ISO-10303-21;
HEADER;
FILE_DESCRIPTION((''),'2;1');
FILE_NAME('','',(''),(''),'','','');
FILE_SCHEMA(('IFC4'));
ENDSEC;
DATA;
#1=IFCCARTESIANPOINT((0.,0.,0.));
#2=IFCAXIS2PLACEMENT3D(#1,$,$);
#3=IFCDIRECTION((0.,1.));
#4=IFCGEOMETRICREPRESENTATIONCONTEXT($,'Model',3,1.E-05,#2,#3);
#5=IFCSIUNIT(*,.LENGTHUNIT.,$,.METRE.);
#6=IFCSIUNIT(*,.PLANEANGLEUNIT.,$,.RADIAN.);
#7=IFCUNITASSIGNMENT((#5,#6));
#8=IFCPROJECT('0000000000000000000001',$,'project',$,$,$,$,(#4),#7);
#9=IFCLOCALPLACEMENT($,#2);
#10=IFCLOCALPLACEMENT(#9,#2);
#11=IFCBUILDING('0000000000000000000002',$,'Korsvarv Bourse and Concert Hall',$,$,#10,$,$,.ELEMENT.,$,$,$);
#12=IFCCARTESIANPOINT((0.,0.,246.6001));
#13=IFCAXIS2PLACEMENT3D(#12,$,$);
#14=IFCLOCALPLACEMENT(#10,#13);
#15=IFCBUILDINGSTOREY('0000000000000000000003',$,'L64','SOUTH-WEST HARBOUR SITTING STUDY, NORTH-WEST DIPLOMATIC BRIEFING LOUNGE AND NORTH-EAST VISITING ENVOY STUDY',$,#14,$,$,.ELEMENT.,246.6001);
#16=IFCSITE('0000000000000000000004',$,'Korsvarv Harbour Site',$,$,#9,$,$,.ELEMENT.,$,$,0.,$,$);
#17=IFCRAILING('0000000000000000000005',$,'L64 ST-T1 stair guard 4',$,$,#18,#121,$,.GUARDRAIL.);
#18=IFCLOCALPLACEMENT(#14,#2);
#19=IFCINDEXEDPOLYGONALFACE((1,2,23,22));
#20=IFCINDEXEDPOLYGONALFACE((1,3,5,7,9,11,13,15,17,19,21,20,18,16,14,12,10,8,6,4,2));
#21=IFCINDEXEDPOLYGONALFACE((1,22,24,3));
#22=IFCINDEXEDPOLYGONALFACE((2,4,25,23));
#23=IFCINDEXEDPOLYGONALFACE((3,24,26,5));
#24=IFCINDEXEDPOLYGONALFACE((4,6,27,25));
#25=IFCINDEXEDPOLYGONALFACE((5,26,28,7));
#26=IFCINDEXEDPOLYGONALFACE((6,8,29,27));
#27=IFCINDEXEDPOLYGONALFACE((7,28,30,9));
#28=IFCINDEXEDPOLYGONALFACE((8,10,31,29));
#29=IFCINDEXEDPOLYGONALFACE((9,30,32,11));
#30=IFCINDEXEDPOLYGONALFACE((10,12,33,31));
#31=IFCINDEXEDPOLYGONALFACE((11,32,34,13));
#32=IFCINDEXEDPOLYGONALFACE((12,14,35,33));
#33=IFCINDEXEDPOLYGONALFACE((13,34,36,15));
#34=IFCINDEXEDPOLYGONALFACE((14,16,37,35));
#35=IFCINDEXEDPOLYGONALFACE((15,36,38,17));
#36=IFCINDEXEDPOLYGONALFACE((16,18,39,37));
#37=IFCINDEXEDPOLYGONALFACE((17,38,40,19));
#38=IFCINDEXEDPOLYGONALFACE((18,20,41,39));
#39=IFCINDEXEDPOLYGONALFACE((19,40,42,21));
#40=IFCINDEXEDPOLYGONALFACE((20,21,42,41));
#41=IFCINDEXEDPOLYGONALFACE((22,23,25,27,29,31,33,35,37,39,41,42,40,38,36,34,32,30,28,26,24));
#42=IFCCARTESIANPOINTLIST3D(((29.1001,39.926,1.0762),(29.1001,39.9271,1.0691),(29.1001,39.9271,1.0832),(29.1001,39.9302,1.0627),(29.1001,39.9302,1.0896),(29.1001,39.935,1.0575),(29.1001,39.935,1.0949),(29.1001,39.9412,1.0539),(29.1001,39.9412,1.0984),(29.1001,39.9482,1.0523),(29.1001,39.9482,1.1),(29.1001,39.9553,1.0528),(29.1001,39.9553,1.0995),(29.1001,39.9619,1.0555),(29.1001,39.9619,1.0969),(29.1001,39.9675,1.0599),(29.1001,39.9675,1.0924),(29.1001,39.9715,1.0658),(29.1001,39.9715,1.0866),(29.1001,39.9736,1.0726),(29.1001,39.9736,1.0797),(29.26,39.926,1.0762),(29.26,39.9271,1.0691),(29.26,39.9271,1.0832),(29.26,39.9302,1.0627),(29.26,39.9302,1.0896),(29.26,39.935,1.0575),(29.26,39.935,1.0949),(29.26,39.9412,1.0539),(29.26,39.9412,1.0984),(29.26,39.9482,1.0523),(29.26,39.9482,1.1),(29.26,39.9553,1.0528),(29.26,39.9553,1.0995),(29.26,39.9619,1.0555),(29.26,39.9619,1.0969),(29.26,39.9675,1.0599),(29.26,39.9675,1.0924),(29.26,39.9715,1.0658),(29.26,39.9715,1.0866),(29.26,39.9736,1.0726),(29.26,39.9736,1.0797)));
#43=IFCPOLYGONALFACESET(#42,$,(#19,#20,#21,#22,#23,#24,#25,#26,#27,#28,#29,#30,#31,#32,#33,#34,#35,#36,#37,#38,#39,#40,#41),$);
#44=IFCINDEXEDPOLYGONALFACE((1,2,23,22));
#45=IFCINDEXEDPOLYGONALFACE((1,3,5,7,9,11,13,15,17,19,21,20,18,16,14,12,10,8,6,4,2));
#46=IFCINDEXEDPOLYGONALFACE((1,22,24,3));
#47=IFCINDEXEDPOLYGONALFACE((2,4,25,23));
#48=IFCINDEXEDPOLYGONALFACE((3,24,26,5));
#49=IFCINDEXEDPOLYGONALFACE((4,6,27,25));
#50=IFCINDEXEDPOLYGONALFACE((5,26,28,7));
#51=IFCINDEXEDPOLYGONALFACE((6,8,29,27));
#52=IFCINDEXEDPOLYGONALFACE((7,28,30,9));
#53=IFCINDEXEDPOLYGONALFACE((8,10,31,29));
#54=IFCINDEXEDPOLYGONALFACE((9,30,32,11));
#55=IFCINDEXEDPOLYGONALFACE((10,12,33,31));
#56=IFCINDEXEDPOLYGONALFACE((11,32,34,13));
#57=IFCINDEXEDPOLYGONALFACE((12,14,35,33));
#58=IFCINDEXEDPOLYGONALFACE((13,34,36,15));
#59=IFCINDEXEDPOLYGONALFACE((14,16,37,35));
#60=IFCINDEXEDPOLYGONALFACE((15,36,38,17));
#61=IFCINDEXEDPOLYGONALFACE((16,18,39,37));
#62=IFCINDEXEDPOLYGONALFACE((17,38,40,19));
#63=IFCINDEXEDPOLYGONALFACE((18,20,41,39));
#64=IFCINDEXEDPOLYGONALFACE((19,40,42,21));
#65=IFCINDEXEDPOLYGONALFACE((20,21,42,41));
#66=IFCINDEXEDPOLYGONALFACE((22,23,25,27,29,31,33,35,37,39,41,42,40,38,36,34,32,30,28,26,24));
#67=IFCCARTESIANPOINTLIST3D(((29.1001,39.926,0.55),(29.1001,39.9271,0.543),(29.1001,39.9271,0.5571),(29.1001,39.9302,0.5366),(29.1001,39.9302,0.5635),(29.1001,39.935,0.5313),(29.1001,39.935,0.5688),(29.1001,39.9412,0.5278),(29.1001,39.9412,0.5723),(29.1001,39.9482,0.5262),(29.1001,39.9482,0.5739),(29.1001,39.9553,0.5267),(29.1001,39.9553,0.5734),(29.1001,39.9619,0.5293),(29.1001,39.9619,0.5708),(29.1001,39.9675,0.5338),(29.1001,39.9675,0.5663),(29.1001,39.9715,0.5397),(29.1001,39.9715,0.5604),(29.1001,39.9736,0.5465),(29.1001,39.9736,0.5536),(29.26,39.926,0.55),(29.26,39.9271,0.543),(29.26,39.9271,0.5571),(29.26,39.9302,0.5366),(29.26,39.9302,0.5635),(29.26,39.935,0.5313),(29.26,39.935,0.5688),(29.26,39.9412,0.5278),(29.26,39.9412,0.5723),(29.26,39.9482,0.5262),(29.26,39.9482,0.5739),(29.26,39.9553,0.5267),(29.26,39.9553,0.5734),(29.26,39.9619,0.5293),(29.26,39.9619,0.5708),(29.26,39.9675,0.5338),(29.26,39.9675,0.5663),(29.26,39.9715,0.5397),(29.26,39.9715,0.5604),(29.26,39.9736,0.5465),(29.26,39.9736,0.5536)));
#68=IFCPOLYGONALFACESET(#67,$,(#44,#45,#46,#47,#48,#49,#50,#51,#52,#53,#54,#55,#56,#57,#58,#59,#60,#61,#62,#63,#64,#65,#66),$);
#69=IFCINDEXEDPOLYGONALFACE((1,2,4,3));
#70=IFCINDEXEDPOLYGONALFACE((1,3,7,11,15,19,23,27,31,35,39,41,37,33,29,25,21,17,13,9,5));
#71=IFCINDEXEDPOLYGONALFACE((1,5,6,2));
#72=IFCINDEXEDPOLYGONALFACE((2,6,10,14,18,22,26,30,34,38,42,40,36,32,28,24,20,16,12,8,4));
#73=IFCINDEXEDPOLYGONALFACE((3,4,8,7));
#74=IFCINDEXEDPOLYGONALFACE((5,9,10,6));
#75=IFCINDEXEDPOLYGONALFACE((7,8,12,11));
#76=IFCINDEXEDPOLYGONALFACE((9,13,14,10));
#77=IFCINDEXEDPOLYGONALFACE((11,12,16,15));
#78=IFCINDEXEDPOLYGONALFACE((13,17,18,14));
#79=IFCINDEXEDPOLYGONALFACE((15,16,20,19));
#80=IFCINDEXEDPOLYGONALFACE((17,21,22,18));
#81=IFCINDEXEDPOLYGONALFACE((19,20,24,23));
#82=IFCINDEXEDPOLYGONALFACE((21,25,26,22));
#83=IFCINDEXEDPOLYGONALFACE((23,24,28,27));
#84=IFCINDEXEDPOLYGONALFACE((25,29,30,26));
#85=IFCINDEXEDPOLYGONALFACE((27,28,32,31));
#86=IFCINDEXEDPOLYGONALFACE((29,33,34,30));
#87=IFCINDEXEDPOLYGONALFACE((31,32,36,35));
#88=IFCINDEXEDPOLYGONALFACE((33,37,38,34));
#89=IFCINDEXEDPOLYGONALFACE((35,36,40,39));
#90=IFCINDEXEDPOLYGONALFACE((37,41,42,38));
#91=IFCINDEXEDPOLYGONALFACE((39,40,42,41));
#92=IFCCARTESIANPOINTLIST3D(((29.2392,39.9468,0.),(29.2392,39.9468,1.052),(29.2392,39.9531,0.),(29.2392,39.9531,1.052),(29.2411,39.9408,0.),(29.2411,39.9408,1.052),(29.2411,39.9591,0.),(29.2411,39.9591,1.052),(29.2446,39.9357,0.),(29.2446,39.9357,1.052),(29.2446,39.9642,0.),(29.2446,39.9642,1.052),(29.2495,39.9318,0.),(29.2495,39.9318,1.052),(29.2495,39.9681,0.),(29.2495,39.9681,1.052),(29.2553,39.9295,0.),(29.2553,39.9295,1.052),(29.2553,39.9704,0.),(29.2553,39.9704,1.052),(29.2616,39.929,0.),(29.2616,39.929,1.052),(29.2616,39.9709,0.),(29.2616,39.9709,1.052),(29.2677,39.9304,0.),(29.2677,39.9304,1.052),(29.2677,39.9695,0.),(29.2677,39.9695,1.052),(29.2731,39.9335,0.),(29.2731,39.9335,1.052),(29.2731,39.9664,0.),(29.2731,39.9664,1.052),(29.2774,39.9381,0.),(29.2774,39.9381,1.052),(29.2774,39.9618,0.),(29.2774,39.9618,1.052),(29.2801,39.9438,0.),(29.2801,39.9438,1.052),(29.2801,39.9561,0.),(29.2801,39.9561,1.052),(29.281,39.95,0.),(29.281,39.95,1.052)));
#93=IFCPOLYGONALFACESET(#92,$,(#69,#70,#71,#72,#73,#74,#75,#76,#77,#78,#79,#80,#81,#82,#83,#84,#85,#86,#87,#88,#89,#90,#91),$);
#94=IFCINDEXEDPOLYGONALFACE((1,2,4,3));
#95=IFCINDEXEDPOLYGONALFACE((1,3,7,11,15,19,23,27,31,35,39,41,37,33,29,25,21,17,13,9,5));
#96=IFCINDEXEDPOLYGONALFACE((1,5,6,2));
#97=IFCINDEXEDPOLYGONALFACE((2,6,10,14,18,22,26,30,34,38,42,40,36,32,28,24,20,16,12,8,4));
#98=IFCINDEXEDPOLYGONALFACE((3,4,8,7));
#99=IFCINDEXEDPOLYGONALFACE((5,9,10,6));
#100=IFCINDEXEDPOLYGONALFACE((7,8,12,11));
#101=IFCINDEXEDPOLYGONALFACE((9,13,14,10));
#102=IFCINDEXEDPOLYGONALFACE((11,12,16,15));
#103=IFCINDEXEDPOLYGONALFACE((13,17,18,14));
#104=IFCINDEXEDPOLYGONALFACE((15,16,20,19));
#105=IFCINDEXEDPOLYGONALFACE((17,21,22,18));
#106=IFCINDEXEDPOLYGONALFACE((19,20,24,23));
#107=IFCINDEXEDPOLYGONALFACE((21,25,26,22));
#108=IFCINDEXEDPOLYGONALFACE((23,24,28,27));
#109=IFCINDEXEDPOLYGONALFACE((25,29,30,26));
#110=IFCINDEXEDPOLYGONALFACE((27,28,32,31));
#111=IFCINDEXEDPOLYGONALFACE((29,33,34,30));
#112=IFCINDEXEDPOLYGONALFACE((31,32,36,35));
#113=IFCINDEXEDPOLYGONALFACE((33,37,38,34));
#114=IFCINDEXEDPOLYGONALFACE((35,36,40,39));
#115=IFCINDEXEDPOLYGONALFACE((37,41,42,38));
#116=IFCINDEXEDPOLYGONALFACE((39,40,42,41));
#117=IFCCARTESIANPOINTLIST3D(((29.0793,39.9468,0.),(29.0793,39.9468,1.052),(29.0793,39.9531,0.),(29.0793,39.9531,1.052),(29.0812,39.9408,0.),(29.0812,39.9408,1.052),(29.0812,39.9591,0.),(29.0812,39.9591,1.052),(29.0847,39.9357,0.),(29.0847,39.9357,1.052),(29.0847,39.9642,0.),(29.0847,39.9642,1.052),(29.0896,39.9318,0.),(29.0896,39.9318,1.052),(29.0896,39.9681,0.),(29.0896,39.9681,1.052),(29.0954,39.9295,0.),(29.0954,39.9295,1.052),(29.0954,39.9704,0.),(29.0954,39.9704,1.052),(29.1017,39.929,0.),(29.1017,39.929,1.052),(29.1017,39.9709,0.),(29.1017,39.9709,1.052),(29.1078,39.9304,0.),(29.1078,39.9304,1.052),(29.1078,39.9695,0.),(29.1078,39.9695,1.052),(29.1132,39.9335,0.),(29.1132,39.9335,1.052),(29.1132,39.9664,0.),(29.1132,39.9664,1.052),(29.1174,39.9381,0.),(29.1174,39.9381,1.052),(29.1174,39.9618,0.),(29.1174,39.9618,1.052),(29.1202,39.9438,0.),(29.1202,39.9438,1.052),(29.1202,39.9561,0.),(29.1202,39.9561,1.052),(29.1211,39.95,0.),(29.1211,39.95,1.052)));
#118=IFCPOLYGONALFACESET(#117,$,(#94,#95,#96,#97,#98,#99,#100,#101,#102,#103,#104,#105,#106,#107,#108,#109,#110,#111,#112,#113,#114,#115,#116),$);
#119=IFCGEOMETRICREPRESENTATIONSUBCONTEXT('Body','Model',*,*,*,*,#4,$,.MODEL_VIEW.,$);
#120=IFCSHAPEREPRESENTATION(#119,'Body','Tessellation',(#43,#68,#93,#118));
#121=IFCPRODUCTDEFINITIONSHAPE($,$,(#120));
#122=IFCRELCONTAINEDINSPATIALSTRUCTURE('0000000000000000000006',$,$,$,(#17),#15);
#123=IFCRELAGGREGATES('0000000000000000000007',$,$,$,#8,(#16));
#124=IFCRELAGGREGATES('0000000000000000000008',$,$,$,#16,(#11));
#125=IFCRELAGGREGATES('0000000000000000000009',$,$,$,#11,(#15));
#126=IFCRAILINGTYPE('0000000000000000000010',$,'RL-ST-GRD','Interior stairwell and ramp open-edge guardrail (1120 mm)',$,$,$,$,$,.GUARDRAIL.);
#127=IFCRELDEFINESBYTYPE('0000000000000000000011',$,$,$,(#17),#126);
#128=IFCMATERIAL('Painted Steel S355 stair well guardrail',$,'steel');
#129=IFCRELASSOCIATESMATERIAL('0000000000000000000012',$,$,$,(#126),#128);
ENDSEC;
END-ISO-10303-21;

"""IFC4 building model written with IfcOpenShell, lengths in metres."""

from ifc_helpers import new_model, si_unit, direction, frame, origin, origin_2d, place, context, subcontext, project, spatial, circle, extrude, material, type_object, element, save


model = new_model("IFC4")

# Units and contexts
model_context = context("Model", 3, precision=1e-05, world=origin(), true_north=direction((0.0, 1.0)))
body_context = subcontext(model_context, "Body", "Model", "MODEL_VIEW")
ifc_project = project(units=[si_unit("LENGTHUNIT", "METRE"), si_unit("PLANEANGLEUNIT", "RADIAN")], contexts=[model_context])

# Site, building, storey
site_placement = place(None, origin())
site = spatial("IfcSite", under=ifc_project, at=site_placement, Name="Korsvarv Harbour Site", CompositionType="ELEMENT", RefElevation=0.0)
building_placement = place(site_placement, origin())
building = spatial("IfcBuilding", under=site, at=building_placement, Name="Korsvarv Bourse and Concert Hall", CompositionType="ELEMENT")
storey_placement = place(building_placement, frame((0.0, 0.0, 246.6001)))
storey = spatial("IfcBuildingStorey", under=building, at=storey_placement, Name="L64", Description="SOUTH-WEST HARBOUR SITTING STUDY, NORTH-WEST DIPLOMATIC BRIEFING LOUNGE AND NORTH-EAST VISITING ENVOY STUDY", CompositionType="ELEMENT", Elevation=246.6001)

# Railing
ifc_material_1 = material(Name="Painted Steel S355 stair well guardrail", Category="steel")
railing_type_1 = type_object("IfcRailingType", Name="RL-ST-GRD", Description="Interior stairwell and ramp open-edge guardrail (1120 mm)", PredefinedType="GUARDRAIL", material=ifc_material_1)
railing_1_placement = place(storey_placement, frame((29.26, 39.95, 0.0)))
element("IfcRailing", 1, at=railing_1_placement, inside=storey, type_object=railing_type_1, Name="L64 ST-T1 stair guard 4", PredefinedType="GUARDRAIL", context=body_context, shape_type="SweptSolid", body=[
    extrude(circle(Radius=0.0239, at=origin_2d()), frame((0.0, 0.0, 1.0762), z_axis=(-1.0, 0.0, 0.0), x_axis=(0.0, -1.0, 0.0)), (0.0, 0.0, 1.0), 0.1599),
    extrude(circle(Radius=0.0239, at=origin_2d()), frame((0.0, 0.0, 0.55), z_axis=(-1.0, 0.0, 0.0), x_axis=(0.0, -1.0, 0.0)), (0.0, 0.0, 1.0), 0.1599),
    extrude(circle(Radius=0.021, at=origin_2d()), origin(), (0.0, 0.0, 1.0), 1.052),
    extrude(circle(Radius=0.021, at=origin_2d()), frame((-0.1599, 0.0, 0.0)), (0.0, 0.0, 1.0), 1.052),
])

save(model, "model.ifc")
